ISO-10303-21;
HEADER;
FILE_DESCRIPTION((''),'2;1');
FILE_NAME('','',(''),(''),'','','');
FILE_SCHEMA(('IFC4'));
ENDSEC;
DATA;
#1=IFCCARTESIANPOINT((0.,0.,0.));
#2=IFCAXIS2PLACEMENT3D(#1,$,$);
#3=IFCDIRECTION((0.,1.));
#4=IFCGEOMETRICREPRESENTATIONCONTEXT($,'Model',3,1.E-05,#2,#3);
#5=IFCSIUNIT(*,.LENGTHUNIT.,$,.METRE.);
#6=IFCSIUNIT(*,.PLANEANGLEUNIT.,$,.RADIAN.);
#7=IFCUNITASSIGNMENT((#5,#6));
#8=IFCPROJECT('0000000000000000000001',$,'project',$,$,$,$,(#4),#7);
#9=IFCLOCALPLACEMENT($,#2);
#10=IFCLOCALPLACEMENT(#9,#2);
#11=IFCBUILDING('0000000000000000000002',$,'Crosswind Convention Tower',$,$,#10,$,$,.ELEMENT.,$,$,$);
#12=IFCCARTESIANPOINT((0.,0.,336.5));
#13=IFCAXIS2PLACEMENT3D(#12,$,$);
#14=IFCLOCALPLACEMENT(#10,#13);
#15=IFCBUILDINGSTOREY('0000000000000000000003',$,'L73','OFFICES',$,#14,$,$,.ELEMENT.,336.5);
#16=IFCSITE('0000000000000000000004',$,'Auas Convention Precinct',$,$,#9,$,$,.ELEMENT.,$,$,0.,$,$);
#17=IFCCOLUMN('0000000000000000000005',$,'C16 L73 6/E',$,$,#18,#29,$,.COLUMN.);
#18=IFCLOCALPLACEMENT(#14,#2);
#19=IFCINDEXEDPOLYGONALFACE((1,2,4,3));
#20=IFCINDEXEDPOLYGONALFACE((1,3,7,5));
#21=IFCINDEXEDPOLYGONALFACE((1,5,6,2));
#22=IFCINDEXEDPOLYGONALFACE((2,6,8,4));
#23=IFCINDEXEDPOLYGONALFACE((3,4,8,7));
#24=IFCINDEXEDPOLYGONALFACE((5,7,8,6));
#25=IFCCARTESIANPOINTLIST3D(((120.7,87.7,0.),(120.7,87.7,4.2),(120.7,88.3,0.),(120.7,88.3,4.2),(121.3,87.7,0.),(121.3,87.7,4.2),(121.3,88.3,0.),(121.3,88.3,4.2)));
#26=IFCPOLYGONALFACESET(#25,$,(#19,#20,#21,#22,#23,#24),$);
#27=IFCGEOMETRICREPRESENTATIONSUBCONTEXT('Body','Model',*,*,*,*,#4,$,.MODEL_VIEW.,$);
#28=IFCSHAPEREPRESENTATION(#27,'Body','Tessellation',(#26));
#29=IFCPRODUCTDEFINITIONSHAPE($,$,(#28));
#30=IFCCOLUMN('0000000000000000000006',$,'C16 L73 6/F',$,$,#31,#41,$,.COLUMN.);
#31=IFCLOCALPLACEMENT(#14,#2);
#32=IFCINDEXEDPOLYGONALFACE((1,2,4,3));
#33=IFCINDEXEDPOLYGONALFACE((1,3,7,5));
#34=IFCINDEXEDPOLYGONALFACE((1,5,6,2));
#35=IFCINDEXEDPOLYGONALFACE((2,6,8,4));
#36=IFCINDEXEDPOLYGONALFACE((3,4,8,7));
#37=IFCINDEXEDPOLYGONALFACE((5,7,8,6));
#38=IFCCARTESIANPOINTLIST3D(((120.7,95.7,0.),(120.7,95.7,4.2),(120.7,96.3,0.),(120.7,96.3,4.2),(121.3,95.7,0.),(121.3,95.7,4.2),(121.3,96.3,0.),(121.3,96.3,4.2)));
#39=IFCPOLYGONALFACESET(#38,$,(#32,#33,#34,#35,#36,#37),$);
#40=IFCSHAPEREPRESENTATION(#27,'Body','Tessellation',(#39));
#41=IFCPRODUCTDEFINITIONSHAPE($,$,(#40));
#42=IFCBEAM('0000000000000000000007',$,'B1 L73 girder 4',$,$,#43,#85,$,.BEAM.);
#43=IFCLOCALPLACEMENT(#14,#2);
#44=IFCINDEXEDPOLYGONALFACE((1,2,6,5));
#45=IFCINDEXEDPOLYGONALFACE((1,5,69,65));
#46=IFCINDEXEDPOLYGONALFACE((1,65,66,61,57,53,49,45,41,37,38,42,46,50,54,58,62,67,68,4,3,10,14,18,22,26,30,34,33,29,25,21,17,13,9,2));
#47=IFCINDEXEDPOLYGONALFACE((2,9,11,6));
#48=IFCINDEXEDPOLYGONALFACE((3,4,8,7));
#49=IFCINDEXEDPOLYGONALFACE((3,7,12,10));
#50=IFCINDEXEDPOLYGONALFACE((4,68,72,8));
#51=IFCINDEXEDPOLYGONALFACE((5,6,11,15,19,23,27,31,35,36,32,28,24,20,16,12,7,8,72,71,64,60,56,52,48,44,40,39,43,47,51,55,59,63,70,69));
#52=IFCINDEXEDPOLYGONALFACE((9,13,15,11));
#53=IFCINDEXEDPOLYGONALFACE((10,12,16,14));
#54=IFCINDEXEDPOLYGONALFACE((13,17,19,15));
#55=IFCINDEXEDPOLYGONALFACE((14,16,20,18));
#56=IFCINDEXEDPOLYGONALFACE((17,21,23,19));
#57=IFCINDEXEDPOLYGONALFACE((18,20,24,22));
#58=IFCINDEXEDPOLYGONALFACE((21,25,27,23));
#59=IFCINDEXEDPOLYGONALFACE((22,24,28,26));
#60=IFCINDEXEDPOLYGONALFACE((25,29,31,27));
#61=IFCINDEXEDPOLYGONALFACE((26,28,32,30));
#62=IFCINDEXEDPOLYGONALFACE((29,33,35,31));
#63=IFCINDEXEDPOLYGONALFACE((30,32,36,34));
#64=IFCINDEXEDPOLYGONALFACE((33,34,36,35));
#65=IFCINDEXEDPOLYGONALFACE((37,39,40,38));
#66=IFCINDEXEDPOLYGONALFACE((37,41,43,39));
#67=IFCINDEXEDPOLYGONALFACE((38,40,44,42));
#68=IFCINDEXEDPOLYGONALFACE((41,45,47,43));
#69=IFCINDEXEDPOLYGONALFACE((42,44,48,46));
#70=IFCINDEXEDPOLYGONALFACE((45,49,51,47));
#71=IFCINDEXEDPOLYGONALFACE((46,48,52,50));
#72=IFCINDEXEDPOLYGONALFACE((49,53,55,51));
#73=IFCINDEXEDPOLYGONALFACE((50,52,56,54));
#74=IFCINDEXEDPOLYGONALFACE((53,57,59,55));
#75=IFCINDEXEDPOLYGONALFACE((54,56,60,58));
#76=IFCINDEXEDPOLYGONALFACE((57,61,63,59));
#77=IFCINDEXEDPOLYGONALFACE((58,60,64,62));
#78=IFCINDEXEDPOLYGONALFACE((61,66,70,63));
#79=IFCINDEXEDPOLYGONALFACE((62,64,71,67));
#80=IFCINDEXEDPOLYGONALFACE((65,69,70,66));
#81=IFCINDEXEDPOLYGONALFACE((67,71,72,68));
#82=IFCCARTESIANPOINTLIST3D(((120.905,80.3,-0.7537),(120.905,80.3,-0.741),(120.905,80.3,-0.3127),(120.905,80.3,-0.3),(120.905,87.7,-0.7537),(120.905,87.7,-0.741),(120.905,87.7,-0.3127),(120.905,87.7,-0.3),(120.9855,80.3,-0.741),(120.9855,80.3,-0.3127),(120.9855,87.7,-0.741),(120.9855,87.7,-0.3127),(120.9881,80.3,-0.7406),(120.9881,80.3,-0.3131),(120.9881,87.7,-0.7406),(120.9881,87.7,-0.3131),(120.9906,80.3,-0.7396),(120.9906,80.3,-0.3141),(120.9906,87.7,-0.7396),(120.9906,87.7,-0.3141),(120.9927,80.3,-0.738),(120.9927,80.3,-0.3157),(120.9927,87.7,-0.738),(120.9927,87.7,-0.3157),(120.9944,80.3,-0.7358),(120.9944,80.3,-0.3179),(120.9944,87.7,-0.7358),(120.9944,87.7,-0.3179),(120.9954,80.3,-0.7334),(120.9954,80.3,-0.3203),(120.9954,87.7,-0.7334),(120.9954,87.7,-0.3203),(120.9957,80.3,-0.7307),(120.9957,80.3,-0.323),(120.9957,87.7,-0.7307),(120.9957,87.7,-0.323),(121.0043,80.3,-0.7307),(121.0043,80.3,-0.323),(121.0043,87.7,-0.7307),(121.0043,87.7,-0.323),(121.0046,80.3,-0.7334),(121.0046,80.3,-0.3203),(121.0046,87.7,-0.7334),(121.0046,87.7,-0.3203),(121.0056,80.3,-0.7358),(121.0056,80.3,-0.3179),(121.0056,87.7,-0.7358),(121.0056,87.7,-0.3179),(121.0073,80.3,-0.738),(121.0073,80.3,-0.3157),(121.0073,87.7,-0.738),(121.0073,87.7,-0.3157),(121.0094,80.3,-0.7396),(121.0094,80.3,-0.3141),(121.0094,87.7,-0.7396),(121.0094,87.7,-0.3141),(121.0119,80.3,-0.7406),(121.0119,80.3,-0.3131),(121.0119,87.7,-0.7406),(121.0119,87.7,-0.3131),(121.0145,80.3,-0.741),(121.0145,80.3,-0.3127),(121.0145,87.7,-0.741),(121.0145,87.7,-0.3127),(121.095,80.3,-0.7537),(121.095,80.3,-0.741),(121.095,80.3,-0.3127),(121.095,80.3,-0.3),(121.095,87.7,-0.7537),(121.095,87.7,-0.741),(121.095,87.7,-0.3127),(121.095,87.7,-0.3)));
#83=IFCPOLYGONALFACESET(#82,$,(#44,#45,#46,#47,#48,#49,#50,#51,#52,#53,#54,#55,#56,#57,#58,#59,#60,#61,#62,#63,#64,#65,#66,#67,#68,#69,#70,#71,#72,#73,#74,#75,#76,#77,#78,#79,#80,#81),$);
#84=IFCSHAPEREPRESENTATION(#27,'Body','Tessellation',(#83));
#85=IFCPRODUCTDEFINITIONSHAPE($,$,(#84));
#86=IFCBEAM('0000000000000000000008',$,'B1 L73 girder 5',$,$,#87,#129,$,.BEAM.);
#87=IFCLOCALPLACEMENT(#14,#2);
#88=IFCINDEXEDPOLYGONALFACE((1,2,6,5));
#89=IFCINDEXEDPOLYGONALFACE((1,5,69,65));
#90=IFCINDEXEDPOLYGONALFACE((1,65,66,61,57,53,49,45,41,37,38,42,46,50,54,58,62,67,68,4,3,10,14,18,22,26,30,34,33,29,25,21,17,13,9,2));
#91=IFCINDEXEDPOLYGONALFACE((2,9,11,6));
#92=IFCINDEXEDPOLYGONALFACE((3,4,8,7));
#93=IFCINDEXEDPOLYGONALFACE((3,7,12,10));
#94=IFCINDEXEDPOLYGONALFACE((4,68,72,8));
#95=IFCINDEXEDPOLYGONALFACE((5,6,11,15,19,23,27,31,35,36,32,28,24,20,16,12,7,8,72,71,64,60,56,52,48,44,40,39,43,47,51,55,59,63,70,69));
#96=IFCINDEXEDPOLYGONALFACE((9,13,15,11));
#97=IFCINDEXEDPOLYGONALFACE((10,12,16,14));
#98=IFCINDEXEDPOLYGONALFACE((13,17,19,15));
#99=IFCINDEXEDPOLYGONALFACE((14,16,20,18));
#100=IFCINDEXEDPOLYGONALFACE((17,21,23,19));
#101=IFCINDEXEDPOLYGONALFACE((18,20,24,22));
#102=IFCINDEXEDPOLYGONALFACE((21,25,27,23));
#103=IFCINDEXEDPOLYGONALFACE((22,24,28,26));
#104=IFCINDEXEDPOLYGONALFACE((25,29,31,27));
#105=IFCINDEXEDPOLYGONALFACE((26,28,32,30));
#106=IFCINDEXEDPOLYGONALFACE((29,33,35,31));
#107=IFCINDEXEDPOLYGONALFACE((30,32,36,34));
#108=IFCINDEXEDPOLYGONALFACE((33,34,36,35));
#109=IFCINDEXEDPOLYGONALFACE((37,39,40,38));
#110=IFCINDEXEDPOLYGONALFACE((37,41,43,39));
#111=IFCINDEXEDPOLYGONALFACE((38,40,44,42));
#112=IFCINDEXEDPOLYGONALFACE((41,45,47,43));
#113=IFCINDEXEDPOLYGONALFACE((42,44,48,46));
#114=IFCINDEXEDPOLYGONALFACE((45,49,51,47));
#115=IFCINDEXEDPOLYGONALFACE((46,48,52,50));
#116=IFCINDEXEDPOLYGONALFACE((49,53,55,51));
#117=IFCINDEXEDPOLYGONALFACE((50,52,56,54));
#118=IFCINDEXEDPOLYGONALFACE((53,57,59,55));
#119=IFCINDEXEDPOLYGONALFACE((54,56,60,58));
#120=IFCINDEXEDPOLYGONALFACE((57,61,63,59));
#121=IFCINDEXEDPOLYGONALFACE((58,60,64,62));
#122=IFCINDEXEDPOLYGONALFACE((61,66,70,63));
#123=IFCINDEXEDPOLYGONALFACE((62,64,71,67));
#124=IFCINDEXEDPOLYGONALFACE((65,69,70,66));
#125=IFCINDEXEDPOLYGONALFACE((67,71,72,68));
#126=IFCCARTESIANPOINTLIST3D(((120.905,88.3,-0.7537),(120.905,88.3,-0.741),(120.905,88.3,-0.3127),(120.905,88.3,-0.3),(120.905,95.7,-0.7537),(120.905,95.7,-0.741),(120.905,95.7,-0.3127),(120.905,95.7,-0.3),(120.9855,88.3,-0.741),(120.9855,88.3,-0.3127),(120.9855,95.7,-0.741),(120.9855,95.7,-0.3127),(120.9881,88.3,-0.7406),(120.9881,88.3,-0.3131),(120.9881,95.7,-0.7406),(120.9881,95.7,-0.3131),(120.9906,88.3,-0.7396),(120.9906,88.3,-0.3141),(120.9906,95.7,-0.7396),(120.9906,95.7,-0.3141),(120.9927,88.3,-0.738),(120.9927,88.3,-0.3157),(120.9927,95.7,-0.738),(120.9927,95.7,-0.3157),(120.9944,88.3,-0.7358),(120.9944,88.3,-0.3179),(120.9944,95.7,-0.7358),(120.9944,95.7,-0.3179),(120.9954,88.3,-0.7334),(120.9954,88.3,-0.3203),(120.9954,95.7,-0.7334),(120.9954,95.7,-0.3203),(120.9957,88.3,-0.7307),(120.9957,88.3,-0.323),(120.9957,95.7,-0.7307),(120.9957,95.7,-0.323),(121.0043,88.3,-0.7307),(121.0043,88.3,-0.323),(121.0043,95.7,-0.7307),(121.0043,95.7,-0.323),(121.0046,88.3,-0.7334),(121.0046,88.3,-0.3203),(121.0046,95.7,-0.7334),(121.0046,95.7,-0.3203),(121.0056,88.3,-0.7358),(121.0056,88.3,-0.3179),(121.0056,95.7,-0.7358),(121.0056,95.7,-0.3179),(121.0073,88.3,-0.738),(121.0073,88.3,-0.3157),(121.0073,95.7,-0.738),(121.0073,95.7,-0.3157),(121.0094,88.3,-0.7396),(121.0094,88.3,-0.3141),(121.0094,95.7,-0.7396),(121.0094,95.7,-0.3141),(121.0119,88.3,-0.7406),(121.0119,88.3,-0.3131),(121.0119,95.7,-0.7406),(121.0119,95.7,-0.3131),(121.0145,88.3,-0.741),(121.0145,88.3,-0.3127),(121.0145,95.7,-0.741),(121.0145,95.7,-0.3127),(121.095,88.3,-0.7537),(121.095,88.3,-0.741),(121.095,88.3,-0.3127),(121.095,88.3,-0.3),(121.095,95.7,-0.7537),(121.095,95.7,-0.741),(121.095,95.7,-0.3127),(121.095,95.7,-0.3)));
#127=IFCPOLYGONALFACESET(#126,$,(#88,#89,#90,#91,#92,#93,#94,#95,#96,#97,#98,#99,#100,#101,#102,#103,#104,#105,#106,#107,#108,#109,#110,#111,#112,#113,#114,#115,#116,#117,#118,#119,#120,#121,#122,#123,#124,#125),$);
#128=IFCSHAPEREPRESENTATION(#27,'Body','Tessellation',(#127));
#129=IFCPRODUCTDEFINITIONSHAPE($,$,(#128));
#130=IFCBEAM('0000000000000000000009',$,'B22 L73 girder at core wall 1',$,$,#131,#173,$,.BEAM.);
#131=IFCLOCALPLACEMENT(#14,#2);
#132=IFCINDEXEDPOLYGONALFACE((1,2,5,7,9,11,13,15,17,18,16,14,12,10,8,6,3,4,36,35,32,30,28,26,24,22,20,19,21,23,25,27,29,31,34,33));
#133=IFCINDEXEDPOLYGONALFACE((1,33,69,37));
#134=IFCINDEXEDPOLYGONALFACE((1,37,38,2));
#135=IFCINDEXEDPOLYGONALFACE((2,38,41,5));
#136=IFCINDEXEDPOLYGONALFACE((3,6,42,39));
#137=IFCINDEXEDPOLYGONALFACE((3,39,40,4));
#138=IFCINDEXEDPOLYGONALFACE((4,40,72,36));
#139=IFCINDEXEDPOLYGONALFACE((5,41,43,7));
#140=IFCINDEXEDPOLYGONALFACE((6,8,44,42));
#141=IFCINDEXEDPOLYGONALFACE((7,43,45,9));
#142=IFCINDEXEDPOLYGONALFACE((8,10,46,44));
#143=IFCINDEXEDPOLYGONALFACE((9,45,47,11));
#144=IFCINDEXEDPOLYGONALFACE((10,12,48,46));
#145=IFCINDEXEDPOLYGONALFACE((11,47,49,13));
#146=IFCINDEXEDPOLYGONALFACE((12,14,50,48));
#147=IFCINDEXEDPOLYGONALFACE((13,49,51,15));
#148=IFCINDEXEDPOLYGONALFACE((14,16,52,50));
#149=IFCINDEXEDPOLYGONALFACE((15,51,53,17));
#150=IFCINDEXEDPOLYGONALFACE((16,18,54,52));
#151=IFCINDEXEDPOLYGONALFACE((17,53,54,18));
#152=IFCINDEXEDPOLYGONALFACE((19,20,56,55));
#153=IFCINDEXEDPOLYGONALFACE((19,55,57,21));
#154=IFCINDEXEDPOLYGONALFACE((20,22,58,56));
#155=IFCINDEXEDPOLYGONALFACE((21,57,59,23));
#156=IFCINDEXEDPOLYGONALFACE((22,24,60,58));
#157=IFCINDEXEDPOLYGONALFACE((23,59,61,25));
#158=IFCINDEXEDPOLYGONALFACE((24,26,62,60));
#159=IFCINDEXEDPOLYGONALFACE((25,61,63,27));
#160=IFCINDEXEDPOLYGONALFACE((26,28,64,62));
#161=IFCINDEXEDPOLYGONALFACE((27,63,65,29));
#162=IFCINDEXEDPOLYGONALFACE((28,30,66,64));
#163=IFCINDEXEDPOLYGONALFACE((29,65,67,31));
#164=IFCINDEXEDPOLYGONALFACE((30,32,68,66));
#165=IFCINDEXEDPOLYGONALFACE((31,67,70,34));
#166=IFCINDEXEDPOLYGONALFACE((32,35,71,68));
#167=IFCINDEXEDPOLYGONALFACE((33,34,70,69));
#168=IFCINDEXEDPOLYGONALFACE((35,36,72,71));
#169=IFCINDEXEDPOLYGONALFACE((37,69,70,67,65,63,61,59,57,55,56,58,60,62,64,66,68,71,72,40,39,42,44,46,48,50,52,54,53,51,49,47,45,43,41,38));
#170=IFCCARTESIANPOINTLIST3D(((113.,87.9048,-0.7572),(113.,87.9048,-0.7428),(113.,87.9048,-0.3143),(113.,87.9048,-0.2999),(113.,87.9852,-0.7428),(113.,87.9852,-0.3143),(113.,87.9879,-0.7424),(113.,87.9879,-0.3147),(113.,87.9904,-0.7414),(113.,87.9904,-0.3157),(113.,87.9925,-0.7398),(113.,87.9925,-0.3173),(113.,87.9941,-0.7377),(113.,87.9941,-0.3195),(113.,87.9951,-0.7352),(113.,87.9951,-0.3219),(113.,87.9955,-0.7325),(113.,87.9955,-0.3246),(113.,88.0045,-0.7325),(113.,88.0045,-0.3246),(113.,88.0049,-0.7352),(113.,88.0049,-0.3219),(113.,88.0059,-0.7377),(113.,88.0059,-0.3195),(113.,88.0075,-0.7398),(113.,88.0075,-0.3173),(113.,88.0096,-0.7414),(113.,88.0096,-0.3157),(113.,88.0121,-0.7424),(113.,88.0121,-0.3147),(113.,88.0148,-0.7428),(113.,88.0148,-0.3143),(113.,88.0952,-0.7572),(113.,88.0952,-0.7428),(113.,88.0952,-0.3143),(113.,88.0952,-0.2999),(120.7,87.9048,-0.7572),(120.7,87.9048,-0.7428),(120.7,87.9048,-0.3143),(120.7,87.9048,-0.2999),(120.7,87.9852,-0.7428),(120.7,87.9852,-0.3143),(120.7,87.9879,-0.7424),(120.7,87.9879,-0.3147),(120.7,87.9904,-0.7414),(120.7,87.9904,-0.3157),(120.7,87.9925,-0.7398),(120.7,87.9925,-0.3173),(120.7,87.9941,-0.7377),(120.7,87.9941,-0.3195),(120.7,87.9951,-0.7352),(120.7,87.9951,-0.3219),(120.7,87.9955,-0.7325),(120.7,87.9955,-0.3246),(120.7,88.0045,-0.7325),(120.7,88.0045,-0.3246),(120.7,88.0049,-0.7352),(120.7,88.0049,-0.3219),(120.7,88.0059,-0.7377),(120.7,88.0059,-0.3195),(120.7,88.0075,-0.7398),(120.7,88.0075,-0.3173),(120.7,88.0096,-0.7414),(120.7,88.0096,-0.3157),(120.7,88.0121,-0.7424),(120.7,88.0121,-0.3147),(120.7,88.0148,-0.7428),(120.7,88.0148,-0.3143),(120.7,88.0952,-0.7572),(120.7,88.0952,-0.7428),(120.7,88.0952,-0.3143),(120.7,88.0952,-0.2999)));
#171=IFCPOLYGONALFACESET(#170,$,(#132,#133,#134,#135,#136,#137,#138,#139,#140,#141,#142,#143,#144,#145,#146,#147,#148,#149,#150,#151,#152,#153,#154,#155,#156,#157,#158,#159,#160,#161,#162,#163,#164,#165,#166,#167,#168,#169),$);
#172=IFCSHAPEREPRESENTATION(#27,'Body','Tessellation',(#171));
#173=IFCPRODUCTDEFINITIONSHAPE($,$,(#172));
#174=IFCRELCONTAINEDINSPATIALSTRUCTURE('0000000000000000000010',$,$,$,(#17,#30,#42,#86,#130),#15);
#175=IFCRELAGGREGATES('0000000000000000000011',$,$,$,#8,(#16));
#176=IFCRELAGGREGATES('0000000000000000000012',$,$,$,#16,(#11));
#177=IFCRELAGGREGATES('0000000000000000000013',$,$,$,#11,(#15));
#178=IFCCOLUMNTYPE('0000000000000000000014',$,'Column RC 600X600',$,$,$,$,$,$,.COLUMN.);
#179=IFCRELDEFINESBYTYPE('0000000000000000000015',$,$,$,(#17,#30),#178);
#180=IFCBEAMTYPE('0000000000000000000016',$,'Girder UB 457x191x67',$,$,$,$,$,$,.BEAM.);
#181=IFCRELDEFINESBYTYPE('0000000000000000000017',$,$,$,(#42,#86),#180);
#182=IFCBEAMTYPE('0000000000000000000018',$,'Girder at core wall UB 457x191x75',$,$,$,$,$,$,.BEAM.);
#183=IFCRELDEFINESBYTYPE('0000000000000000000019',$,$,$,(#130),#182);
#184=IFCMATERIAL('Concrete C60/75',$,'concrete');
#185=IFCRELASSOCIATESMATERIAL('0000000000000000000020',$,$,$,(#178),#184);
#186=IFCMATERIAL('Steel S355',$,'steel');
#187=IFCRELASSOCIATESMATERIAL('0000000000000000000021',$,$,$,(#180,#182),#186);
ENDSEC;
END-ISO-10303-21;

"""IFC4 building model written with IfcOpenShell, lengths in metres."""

from ifc_helpers import new_model, si_unit, direction, frame, origin, origin_2d, place, context, subcontext, project, spatial, rectangle, i_section, extrude, material, material_profile, profile_set, type_object, element, save


model = new_model("IFC4")

# Units and contexts
model_context = context("Model", 3, precision=1e-05, world=origin(), true_north=direction((0.0, 1.0)))
body_context = subcontext(model_context, "Body", "Model", "MODEL_VIEW")
ifc_project = project(units=[si_unit("LENGTHUNIT", "METRE"), si_unit("PLANEANGLEUNIT", "RADIAN")], contexts=[model_context])

# Site, building, storey
site_placement = place(None, origin())
site = spatial("IfcSite", under=ifc_project, at=site_placement, Name="Auas Convention Precinct", CompositionType="ELEMENT", RefElevation=0.0)
building_placement = place(site_placement, origin())
building = spatial("IfcBuilding", under=site, at=building_placement, Name="Crosswind Convention Tower", CompositionType="ELEMENT")
storey_placement = place(building_placement, frame((0.0, 0.0, 336.5)))
storey = spatial("IfcBuildingStorey", under=building, at=storey_placement, Name="L73", Description="OFFICES", CompositionType="ELEMENT", Elevation=336.5)

# Columns
ifc_material_1 = material(Name="Concrete C60/75", Category="concrete")
ifc_material_profile_1 = material_profile(ifc_material_1, rectangle(XDim=0.6001, YDim=0.6001, at=origin_2d()), Name="RC 600X600")
ifc_profile_set_1 = profile_set([ifc_material_profile_1], Name="Concrete C60/75")
column_type = type_object("IfcColumnType", Name="Column RC 600X600", PredefinedType="COLUMN", material=ifc_profile_set_1)
for number, where, z_axis, x_axis, name in (
    (1, (121.0, 88.0, 0.0), (0.0, 0.0, 1.0), (1.0, 0.0, 0.0), "C16 L73 6/E"),
    (2, (121.0, 96.0, 0.0), (0.0, 0.0, 1.0), (1.0, 0.0, 0.0), "C16 L73 6/F"),
):
    element("IfcColumn", number, at=place(storey_placement, frame(where, z_axis=z_axis, x_axis=x_axis)), inside=storey, type_object=column_type, Name=name, PredefinedType="COLUMN", context=body_context, shape_type="SweptSolid", body=[
        extrude(rectangle(XDim=0.6001, YDim=0.6001, at=origin_2d()), origin(), (0.0, 0.0, 1.0), 4.2),
    ])

# Beams
ifc_material_2 = material(Name="Steel S355", Category="steel")
ifc_material_profile_2 = material_profile(ifc_material_2, i_section(OverallWidth=0.1899, OverallDepth=0.4536, WebThickness=0.0085, FlangeThickness=0.0127, FilletRadius=0.0103, at=origin_2d()), Name="UB 457x191x67")
ifc_profile_set_2 = profile_set([ifc_material_profile_2], Name="Steel S355")
beam_type_1 = type_object("IfcBeamType", Name="Girder UB 457x191x67", PredefinedType="BEAM", material=ifc_profile_set_2)
for number, where, z_axis, x_axis, name in (
    (3, (121.0, 80.3, -0.5269), (0.0, 1.0, 0.0), (-1.0, 0.0, 0.0), "B1 L73 girder 4"),
    (4, (121.0, 88.3, -0.5269), (0.0, 1.0, 0.0), (-1.0, 0.0, 0.0), "B1 L73 girder 5"),
):
    element("IfcBeam", number, at=place(storey_placement, frame(where, z_axis=z_axis, x_axis=x_axis)), inside=storey, type_object=beam_type_1, Name=name, PredefinedType="BEAM", context=body_context, shape_type="SweptSolid", body=[
        extrude(i_section(OverallWidth=0.1899, OverallDepth=0.4536, WebThickness=0.0085, FlangeThickness=0.0127, FilletRadius=0.0103, at=origin_2d()), origin(), (0.0, 0.0, 1.0), 7.3999),
    ])
ifc_material_profile_3 = material_profile(ifc_material_2, i_section(OverallWidth=0.1904, OverallDepth=0.4573, WebThickness=0.009, FlangeThickness=0.0144, FilletRadius=0.0103, at=origin_2d()), Name="UB 457x191x75")
ifc_profile_set_3 = profile_set([ifc_material_profile_3], Name="Steel S355")
beam_type_2 = type_object("IfcBeamType", Name="Girder at core wall UB 457x191x75", PredefinedType="BEAM", material=ifc_profile_set_3)
for number, where, z_axis, x_axis, name in (
    (5, (113.0, 88.0, -0.5286), (1.0, 0.0, 0.0), (0.0, 1.0, 0.0), "B22 L73 girder at core wall 1"),
):
    element("IfcBeam", number, at=place(storey_placement, frame(where, z_axis=z_axis, x_axis=x_axis)), inside=storey, type_object=beam_type_2, Name=name, PredefinedType="BEAM", context=body_context, shape_type="SweptSolid", body=[
        extrude(i_section(OverallWidth=0.1904, OverallDepth=0.4573, WebThickness=0.009, FlangeThickness=0.0144, FilletRadius=0.0103, at=origin_2d()), origin(), (0.0, 0.0, 1.0), 7.7),
    ])

save(model, "model.ifc")
